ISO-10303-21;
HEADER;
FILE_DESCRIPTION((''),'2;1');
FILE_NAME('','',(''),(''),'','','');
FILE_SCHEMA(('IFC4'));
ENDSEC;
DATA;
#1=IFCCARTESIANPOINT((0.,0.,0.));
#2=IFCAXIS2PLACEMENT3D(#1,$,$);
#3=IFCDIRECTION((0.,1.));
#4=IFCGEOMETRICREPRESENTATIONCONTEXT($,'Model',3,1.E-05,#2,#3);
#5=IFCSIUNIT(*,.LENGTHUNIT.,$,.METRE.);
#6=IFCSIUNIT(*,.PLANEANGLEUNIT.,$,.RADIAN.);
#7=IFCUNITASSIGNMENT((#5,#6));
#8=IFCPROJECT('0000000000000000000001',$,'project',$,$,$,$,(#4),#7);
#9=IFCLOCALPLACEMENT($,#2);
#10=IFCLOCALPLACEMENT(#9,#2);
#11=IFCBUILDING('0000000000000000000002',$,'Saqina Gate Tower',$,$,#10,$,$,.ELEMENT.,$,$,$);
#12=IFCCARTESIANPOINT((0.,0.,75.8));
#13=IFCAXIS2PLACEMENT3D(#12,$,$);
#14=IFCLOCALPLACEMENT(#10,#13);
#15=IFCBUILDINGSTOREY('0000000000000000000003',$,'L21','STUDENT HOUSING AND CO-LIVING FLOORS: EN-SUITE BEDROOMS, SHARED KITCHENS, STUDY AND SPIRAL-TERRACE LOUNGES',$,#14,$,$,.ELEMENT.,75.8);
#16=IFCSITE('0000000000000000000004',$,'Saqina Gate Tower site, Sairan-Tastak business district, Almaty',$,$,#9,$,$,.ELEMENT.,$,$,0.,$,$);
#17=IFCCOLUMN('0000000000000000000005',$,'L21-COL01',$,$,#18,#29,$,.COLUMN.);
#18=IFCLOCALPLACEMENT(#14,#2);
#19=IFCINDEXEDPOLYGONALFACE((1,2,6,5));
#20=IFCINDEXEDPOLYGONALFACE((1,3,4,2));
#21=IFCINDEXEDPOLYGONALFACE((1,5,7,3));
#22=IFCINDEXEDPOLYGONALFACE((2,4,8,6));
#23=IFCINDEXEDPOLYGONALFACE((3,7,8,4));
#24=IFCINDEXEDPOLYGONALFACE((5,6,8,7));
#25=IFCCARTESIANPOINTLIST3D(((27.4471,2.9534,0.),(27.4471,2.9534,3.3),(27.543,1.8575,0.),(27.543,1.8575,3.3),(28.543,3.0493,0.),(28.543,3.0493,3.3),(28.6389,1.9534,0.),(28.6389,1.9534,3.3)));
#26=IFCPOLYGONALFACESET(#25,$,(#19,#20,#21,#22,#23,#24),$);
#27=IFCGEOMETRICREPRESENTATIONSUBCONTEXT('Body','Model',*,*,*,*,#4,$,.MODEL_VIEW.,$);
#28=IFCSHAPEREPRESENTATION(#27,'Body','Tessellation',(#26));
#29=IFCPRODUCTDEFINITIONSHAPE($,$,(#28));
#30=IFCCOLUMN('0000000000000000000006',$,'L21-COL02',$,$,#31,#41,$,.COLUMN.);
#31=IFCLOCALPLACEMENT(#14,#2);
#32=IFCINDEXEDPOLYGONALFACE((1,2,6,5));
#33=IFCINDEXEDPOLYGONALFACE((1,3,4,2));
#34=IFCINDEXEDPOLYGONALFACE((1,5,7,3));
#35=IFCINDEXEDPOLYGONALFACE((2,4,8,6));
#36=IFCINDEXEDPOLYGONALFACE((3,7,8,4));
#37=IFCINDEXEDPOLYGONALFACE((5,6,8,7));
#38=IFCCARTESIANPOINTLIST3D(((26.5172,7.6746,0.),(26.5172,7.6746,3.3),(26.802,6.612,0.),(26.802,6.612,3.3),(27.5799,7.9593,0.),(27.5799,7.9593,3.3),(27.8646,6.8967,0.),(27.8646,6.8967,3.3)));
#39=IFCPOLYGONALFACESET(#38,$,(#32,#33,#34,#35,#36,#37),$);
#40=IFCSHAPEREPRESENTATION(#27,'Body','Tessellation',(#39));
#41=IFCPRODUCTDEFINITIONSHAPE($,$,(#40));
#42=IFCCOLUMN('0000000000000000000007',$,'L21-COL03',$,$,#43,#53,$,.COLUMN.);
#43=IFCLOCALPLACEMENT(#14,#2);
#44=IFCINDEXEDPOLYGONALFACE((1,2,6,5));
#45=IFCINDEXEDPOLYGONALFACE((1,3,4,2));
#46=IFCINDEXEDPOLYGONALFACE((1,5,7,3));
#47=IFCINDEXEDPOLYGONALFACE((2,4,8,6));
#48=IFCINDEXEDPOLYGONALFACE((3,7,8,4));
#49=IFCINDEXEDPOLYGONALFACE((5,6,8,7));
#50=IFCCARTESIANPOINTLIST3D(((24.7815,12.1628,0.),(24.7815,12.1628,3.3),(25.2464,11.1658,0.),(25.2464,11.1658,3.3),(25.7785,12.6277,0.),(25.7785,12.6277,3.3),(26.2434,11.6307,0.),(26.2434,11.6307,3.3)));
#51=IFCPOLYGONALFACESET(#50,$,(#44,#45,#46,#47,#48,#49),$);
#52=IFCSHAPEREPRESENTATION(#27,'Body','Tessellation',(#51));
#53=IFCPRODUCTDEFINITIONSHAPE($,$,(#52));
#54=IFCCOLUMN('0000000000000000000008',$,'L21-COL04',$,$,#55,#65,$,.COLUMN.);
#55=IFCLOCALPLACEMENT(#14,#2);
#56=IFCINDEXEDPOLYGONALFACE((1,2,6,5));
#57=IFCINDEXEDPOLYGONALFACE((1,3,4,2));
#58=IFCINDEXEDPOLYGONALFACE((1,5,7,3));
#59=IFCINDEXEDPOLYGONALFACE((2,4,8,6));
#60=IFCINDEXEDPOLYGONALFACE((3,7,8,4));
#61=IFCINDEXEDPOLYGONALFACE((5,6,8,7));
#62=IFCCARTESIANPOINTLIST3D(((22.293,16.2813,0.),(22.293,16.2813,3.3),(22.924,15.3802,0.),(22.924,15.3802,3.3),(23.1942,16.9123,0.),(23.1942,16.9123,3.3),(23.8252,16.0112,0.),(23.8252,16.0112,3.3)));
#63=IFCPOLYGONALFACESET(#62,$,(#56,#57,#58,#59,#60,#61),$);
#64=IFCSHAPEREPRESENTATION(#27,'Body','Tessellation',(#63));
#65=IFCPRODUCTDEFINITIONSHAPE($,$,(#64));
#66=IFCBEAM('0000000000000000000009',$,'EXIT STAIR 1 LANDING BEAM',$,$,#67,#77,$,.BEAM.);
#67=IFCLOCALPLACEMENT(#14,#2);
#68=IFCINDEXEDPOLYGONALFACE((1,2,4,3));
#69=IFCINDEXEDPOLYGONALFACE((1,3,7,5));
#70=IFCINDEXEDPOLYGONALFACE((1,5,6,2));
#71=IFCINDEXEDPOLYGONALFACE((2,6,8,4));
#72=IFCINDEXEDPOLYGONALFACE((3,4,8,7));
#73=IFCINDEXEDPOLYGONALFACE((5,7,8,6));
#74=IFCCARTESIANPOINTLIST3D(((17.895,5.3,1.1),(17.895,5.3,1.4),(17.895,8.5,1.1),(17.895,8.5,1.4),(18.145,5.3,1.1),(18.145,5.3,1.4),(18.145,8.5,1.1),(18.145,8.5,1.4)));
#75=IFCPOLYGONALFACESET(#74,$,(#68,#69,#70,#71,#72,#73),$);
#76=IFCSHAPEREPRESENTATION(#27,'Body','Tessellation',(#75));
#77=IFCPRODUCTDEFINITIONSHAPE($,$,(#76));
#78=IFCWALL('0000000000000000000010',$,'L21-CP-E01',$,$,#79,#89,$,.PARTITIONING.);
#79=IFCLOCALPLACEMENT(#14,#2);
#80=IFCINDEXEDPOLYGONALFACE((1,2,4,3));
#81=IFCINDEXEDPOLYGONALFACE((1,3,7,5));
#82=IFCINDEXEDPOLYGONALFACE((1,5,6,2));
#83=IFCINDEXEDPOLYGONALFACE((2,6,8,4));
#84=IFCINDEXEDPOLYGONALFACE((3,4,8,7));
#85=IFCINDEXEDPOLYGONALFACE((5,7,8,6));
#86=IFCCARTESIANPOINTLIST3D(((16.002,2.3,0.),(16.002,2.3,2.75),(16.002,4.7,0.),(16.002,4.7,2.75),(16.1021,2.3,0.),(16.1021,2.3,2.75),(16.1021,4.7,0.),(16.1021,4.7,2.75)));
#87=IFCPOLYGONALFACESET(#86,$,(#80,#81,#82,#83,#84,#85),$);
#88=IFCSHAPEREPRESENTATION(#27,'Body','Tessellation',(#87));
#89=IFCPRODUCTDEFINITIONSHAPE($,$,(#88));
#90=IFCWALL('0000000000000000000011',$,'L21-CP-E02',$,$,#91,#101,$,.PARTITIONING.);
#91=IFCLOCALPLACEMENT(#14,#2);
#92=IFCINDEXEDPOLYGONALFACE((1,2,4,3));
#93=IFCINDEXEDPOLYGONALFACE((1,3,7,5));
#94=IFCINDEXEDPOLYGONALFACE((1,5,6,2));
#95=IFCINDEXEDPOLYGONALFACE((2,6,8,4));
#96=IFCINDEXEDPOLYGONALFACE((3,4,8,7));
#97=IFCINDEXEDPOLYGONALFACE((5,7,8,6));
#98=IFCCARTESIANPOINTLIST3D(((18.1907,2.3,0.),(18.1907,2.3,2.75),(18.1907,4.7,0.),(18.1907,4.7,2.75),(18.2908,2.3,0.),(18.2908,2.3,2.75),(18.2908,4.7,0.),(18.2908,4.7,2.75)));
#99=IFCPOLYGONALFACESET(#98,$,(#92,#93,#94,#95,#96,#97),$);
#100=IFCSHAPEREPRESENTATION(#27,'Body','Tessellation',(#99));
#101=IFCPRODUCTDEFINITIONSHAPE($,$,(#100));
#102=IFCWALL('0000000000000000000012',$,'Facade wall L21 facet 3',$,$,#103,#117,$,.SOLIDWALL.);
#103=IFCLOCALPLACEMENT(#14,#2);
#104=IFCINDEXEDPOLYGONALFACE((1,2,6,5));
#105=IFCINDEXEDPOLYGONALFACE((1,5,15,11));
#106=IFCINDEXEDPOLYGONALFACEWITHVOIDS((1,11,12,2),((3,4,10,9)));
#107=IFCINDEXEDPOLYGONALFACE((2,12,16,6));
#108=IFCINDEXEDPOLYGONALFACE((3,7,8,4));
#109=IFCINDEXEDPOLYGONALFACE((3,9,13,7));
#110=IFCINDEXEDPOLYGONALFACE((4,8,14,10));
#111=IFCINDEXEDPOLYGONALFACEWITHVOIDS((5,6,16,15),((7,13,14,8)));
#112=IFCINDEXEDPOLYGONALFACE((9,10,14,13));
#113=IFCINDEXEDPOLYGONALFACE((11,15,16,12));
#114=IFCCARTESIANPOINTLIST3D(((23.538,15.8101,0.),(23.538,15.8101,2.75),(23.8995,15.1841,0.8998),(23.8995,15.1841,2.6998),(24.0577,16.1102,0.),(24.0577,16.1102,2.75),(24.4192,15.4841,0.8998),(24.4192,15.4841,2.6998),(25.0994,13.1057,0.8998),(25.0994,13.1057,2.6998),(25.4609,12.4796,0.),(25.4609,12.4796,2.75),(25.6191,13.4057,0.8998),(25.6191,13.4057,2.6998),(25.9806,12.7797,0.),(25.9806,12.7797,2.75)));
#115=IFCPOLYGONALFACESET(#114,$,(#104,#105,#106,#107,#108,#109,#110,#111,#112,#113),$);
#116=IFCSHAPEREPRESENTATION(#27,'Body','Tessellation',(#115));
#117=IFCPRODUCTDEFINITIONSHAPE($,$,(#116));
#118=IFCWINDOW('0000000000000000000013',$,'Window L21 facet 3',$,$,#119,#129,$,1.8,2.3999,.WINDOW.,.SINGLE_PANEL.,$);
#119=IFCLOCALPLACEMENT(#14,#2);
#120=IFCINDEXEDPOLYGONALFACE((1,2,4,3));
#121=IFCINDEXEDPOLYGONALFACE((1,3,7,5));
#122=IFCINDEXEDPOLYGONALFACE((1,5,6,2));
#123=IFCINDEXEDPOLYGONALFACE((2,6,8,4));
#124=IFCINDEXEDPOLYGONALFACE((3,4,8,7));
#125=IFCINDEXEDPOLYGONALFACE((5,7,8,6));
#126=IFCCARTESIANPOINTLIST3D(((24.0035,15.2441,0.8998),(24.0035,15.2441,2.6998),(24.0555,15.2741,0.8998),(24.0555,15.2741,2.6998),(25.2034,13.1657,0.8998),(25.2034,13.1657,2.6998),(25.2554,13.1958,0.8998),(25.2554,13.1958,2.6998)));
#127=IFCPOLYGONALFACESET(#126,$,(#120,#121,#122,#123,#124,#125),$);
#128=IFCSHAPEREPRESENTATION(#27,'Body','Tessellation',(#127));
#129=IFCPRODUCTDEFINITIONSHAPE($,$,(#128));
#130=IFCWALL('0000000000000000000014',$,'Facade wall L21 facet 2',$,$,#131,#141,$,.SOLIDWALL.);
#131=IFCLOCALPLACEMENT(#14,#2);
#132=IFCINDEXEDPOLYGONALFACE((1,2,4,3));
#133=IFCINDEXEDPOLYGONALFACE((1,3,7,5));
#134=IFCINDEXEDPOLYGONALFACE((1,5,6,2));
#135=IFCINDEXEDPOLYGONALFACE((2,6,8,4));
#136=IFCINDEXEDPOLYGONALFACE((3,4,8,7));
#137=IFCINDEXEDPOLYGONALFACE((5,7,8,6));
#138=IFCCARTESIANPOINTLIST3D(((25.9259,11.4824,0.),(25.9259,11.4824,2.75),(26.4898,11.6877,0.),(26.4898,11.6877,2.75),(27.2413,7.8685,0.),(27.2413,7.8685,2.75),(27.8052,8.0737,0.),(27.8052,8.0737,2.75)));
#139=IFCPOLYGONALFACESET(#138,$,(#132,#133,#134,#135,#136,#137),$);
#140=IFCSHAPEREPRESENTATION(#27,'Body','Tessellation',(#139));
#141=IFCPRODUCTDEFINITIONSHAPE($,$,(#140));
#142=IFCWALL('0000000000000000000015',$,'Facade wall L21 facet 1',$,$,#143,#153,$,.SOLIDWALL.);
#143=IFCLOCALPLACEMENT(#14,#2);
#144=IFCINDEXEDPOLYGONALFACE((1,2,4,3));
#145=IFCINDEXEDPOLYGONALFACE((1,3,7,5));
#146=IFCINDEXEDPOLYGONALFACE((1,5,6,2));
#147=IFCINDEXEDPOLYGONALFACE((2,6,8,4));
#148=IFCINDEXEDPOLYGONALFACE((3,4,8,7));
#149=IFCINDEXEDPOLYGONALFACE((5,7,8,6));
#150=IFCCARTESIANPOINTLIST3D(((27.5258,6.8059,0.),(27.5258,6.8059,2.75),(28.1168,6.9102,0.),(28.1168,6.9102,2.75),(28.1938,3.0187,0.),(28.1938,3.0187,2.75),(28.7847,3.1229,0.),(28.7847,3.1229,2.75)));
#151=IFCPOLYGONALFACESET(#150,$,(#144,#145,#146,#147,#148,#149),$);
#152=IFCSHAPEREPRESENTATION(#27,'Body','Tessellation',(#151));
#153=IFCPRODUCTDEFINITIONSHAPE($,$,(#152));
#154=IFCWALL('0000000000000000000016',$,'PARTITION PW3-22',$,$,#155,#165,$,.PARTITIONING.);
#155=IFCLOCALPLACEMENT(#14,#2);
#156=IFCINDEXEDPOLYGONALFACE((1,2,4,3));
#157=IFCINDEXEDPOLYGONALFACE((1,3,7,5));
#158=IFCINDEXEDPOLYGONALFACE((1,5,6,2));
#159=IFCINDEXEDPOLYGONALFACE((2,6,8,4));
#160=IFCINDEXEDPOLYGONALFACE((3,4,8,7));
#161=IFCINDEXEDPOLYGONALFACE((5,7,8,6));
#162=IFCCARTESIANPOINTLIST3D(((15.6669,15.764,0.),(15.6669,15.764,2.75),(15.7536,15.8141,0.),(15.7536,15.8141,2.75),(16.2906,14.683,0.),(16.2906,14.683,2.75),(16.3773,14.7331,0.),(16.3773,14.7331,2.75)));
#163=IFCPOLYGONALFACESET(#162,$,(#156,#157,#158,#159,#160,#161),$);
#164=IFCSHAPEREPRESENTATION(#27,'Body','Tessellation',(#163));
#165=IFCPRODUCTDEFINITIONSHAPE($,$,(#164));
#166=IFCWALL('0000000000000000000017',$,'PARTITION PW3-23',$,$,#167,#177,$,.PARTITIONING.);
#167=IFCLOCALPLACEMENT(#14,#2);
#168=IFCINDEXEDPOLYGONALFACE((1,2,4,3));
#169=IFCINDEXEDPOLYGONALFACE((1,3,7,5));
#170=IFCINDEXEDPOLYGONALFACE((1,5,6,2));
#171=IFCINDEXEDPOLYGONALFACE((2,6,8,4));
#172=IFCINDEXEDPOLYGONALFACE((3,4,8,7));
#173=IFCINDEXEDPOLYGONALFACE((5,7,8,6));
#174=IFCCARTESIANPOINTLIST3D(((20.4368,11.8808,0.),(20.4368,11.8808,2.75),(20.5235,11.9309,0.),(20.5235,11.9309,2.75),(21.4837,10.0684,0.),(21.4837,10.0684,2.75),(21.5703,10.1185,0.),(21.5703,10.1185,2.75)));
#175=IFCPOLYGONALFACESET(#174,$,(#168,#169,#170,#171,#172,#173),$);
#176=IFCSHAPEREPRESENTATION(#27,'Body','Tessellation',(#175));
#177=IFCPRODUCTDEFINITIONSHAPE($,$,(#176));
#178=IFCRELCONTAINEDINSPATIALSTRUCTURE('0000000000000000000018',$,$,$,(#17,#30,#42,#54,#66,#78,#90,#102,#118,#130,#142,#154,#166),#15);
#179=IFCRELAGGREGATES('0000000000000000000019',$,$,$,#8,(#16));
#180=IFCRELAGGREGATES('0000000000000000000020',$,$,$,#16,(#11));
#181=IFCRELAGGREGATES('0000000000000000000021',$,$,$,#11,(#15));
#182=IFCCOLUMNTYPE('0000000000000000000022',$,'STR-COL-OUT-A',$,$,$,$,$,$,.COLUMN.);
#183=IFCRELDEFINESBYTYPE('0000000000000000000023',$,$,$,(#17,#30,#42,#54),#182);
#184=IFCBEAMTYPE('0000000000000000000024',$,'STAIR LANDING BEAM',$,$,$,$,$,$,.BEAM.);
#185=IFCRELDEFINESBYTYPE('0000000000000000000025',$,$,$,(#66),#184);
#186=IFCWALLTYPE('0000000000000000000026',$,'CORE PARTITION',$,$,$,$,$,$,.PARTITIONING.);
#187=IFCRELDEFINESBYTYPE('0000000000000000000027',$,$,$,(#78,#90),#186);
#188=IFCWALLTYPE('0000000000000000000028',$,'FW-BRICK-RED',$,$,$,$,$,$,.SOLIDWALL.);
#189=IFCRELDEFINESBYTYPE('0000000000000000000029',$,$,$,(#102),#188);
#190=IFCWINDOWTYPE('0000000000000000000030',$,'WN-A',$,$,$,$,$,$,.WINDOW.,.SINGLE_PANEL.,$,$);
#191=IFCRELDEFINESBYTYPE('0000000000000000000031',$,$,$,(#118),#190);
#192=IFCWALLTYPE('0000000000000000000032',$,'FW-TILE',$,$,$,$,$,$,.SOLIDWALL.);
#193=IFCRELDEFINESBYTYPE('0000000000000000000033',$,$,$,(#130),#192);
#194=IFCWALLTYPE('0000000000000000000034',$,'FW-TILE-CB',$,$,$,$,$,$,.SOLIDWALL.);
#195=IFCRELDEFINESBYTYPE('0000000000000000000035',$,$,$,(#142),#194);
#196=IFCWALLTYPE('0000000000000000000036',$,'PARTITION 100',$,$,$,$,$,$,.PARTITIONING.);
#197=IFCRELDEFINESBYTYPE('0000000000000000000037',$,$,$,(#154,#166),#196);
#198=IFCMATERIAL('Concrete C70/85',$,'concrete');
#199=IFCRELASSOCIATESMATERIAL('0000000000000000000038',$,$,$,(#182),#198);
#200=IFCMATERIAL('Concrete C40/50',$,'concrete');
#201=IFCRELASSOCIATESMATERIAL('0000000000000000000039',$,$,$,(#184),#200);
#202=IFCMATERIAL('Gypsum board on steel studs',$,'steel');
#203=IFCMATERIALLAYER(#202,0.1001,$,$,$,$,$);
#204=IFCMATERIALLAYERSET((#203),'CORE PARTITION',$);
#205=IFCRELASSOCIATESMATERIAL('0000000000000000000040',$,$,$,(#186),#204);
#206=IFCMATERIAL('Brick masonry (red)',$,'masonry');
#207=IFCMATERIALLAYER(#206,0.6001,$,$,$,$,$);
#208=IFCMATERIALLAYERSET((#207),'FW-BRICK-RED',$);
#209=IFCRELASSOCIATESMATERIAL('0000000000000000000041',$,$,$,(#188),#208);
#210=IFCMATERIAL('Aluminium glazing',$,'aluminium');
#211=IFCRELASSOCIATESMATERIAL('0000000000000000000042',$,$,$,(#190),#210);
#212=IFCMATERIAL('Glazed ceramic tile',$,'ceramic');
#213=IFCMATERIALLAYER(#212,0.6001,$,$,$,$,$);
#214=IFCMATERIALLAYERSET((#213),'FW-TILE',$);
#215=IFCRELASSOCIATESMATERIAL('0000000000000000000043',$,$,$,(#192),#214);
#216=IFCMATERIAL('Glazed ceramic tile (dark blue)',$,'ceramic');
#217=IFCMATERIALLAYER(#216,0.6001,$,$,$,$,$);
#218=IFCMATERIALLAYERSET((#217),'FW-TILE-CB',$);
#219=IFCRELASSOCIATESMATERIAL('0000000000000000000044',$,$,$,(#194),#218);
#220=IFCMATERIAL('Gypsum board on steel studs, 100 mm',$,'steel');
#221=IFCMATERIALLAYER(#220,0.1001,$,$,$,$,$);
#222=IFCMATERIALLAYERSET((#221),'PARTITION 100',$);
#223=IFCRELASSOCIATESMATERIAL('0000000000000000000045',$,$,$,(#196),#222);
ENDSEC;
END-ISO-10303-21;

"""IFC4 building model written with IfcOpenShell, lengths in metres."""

from ifc_helpers import new_model, si_unit, direction, frame, frame_2d, origin, origin_2d, place, context, subcontext, project, spatial, rectangle, extrude, material, layer, layer_set, material_profile, profile_set, type_object, element, fill, save


model = new_model("IFC4")

# Units and contexts
model_context = context("Model", 3, precision=1e-05, world=origin(), true_north=direction((0.0, 1.0)))
body_context = subcontext(model_context, "Body", "Model", "MODEL_VIEW")
ifc_project = project(units=[si_unit("LENGTHUNIT", "METRE"), si_unit("PLANEANGLEUNIT", "RADIAN")], contexts=[model_context])

# Site, building, storey
site_placement = place(None, origin())
site = spatial("IfcSite", under=ifc_project, at=site_placement, Name="Saqina Gate Tower site, Sairan-Tastak business district, Almaty", CompositionType="ELEMENT", RefElevation=0.0)
building_placement = place(site_placement, origin())
building = spatial("IfcBuilding", under=site, at=building_placement, Name="Saqina Gate Tower", CompositionType="ELEMENT")
storey_placement = place(building_placement, frame((0.0, 0.0, 75.8)))
storey = spatial("IfcBuildingStorey", under=building, at=storey_placement, Name="L21", Description="STUDENT HOUSING AND CO-LIVING FLOORS: EN-SUITE BEDROOMS, SHARED KITCHENS, STUDY AND SPIRAL-TERRACE LOUNGES", CompositionType="ELEMENT", Elevation=75.8)

# Columns
ifc_material_1 = material(Name="Concrete C70/85", Category="concrete")
ifc_material_profile_1 = material_profile(ifc_material_1, rectangle(XDim=1.1001, YDim=1.1001, at=origin_2d()), Name="RC 1100x1100")
ifc_profile_set_1 = profile_set([ifc_material_profile_1], Name="Concrete C70/85")
column_type = type_object("IfcColumnType", Name="STR-COL-OUT-A", PredefinedType="COLUMN", material=ifc_profile_set_1)
for number, where, z_axis, x_axis, name in (
    (1, (28.043, 2.4534, 0.0), (0.0, 0.0, 1.0), (0.996195, 0.087156, 0.0), "L21-COL01"),
    (2, (27.1909, 7.2856, 0.0), (0.0, 0.0, 1.0), (0.965926, 0.258819, 0.0), "L21-COL02"),
    (3, (25.5125, 11.8967, 0.0), (0.0, 0.0, 1.0), (0.906308, 0.422618, 0.0), "L21-COL03"),
    (4, (23.0591, 16.1462, 0.0), (0.0, 0.0, 1.0), (0.819152, 0.573576, 0.0), "L21-COL04"),
):
    element("IfcColumn", number, at=place(storey_placement, frame(where, z_axis=z_axis, x_axis=x_axis)), inside=storey, type_object=column_type, Name=name, PredefinedType="COLUMN", context=body_context, shape_type="SweptSolid", body=[
        extrude(rectangle(XDim=1.1001, YDim=1.1001, at=origin_2d()), origin(), (0.0, 0.0, 1.0), 3.3),
    ])

# Beam
ifc_material_2 = material(Name="Concrete C40/50", Category="concrete")
ifc_material_profile_2 = material_profile(ifc_material_2, rectangle(XDim=0.25, YDim=0.3, at=origin_2d()), Name="STAIR LANDING BEAM")
ifc_profile_set_2 = profile_set([ifc_material_profile_2], Name="Concrete C40/50")
beam_type = type_object("IfcBeamType", Name="STAIR LANDING BEAM", PredefinedType="BEAM", material=ifc_profile_set_2)
beam_placement = place(storey_placement, frame((18.02, 5.3, 1.25), z_axis=(0.0, 1.0, 0.0), x_axis=(-1.0, 0.0, 0.0)))
element("IfcBeam", 5, at=beam_placement, inside=storey, type_object=beam_type, Name="EXIT STAIR 1 LANDING BEAM", PredefinedType="BEAM", context=body_context, shape_type="SweptSolid", body=[
    extrude(rectangle(XDim=0.25, YDim=0.3, at=origin_2d()), origin(), (0.0, 0.0, 1.0), 3.2),
])

# Walls
ifc_material_3 = material(Name="Gypsum board on steel studs", Category="steel")
ifc_layer_1 = layer(ifc_material_3, 0.1001)
ifc_layer_set_1 = layer_set([ifc_layer_1], Name="CORE PARTITION")
wall_type_1 = type_object("IfcWallType", Name="CORE PARTITION", PredefinedType="PARTITIONING", material=ifc_layer_set_1)
for number, where, z_axis, x_axis, name in (
    (6, (16.052, 2.3, 0.0), (0.0, 0.0, 1.0), (0.0, 1.0, 0.0), "L21-CP-E01"),
    (7, (18.2407, 2.3, 0.0), (0.0, 0.0, 1.0), (0.0, 1.0, 0.0), "L21-CP-E02"),
):
    element("IfcWall", number, at=place(storey_placement, frame(where, z_axis=z_axis, x_axis=x_axis)), inside=storey, type_object=wall_type_1, Name=name, PredefinedType="PARTITIONING", context=body_context, shape_type="SweptSolid", body=[
        extrude(rectangle(XDim=2.3999, YDim=0.1001, at=frame_2d((1.2, 0.0))), origin(), (0.0, 0.0, 1.0), 2.75),
    ])

# Wall, opening, window
ifc_material_4 = material(Name="Brick masonry (red)", Category="masonry")
ifc_layer_2 = layer(ifc_material_4, 0.6001)
ifc_layer_set_2 = layer_set([ifc_layer_2], Name="FW-BRICK-RED")
wall_type_2 = type_object("IfcWallType", Name="FW-BRICK-RED", PredefinedType="SOLIDWALL", material=ifc_layer_set_2)
wall_1_placement = place(storey_placement, frame((25.7207, 12.6296, 0.0), z_axis=(0.0, 0.0, 1.0), x_axis=(-0.49999, 0.866031, 0.0)))
wall_1 = element("IfcWall", 8, at=wall_1_placement, inside=storey, type_object=wall_type_2, Name="Facade wall L21 facet 3", PredefinedType="SOLIDWALL", context=body_context, shape_type="SweptSolid", body=[
    extrude(rectangle(XDim=3.8457, YDim=0.6001, at=frame_2d((1.9229, 0.0))), origin(), (0.0, 0.0, 1.0), 2.75),
])
opening_1_placement = place(wall_1_placement, frame((0.7229, 0.0, 0.8999)))
opening_1 = element("IfcOpeningElement", 9, at=opening_1_placement, cuts=wall_1, PredefinedType="OPENING", context=body_context, shape_type="SweptSolid", body=[
    extrude(rectangle(XDim=2.3999, YDim=1.8, at=frame_2d((1.2, 0.8999))), frame((0.0, 0.312, 0.0), z_axis=(0.0, -1.0, 0.0), x_axis=(1.0, 0.0, 0.0)), (0.0, 0.0, 1.0), 0.624),
])
ifc_material_5 = material(Name="Aluminium glazing", Category="aluminium")
window_type = type_object("IfcWindowType", Name="WN-A", PartitioningType="SINGLE_PANEL", PredefinedType="WINDOW", material=ifc_material_5)
window_placement = place(opening_1_placement, origin())
window = element("IfcWindow", 10, at=window_placement, inside=storey, type_object=window_type, Name="Window L21 facet 3", OverallHeight=1.8, OverallWidth=2.3999, PartitioningType="SINGLE_PANEL", PredefinedType="WINDOW", context=body_context, shape_type="SweptSolid", body=[
    extrude(rectangle(XDim=2.3999, YDim=1.8, at=frame_2d((1.2, 0.8999))), frame((0.0, 0.1799, 0.0), z_axis=(0.0, -1.0, 0.0), x_axis=(1.0, 0.0, 0.0)), (0.0, 0.0, 1.0), 0.0601),
])
fill(opening_1, window)

# Walls
ifc_material_6 = material(Name="Glazed ceramic tile", Category="ceramic")
ifc_layer_3 = layer(ifc_material_6, 0.6001)
ifc_layer_set_3 = layer_set([ifc_layer_3], Name="FW-TILE")
wall_type_3 = type_object("IfcWallType", Name="FW-TILE", PredefinedType="SOLIDWALL", material=ifc_layer_set_3)
wall_2_placement = place(storey_placement, frame((27.5232, 7.9712, 0.0), z_axis=(0.0, 0.0, 1.0), x_axis=(-0.342028, 0.93969, 0.0)))
element("IfcWall", 11, at=wall_2_placement, inside=storey, type_object=wall_type_3, Name="Facade wall L21 facet 2", PredefinedType="SOLIDWALL", context=body_context, shape_type="SweptSolid", body=[
    extrude(rectangle(XDim=3.8459, YDim=0.6001, at=frame_2d((1.9229, 0.0))), origin(), (0.0, 0.0, 1.0), 2.75),
])
ifc_material_7 = material(Name="Glazed ceramic tile (dark blue)", Category="ceramic")
ifc_layer_4 = layer(ifc_material_7, 0.6001)
ifc_layer_set_4 = layer_set([ifc_layer_4], Name="FW-TILE-CB")
wall_type_4 = type_object("IfcWallType", Name="FW-TILE-CB", PredefinedType="SOLIDWALL", material=ifc_layer_set_4)
wall_3_placement = place(storey_placement, frame((28.4893, 3.0708, 0.0), z_axis=(0.0, 0.0, 1.0), x_axis=(-0.173688, 0.984801, 0.0)))
element("IfcWall", 12, at=wall_3_placement, inside=storey, type_object=wall_type_4, Name="Facade wall L21 facet 1", PredefinedType="SOLIDWALL", context=body_context, shape_type="SweptSolid", body=[
    extrude(rectangle(XDim=3.8457, YDim=0.6001, at=frame_2d((1.9229, 0.0))), origin(), (0.0, 0.0, 1.0), 2.75),
])
ifc_material_8 = material(Name="Gypsum board on steel studs, 100 mm", Category="steel")
ifc_layer_5 = layer(ifc_material_8, 0.1001)
ifc_layer_set_5 = layer_set([ifc_layer_5], Name="PARTITION 100")
wall_type_5 = type_object("IfcWallType", Name="PARTITION 100", PredefinedType="PARTITIONING", material=ifc_layer_set_5)
wall_4_placement = place(storey_placement, frame((15.7102, 15.7891, 0.0), z_axis=(0.0, 0.0, 1.0), x_axis=(0.499779, -0.866153, 0.0)))
element("IfcWall", 13, at=wall_4_placement, inside=storey, type_object=wall_type_5, Name="PARTITION PW3-22", PredefinedType="PARTITIONING", context=body_context, shape_type="SweptSolid", body=[
    extrude(rectangle(XDim=1.248, YDim=0.1001, at=frame_2d((0.624, 0.0))), origin(), (0.0, 0.0, 1.0), 2.75),
])
wall_5_placement = place(storey_placement, frame((20.4802, 11.9058, 0.0), z_axis=(0.0, 0.0, 1.0), x_axis=(0.500153, -0.865937, 0.0)))
element("IfcWall", 14, at=wall_5_placement, inside=storey, type_object=wall_type_5, Name="PARTITION PW3-23", PredefinedType="PARTITIONING", context=body_context, shape_type="SweptSolid", body=[
    extrude(rectangle(XDim=2.093, YDim=0.1001, at=frame_2d((1.0464, 0.0))), origin(), (0.0, 0.0, 1.0), 2.75),
])

save(model, "model.ifc")
